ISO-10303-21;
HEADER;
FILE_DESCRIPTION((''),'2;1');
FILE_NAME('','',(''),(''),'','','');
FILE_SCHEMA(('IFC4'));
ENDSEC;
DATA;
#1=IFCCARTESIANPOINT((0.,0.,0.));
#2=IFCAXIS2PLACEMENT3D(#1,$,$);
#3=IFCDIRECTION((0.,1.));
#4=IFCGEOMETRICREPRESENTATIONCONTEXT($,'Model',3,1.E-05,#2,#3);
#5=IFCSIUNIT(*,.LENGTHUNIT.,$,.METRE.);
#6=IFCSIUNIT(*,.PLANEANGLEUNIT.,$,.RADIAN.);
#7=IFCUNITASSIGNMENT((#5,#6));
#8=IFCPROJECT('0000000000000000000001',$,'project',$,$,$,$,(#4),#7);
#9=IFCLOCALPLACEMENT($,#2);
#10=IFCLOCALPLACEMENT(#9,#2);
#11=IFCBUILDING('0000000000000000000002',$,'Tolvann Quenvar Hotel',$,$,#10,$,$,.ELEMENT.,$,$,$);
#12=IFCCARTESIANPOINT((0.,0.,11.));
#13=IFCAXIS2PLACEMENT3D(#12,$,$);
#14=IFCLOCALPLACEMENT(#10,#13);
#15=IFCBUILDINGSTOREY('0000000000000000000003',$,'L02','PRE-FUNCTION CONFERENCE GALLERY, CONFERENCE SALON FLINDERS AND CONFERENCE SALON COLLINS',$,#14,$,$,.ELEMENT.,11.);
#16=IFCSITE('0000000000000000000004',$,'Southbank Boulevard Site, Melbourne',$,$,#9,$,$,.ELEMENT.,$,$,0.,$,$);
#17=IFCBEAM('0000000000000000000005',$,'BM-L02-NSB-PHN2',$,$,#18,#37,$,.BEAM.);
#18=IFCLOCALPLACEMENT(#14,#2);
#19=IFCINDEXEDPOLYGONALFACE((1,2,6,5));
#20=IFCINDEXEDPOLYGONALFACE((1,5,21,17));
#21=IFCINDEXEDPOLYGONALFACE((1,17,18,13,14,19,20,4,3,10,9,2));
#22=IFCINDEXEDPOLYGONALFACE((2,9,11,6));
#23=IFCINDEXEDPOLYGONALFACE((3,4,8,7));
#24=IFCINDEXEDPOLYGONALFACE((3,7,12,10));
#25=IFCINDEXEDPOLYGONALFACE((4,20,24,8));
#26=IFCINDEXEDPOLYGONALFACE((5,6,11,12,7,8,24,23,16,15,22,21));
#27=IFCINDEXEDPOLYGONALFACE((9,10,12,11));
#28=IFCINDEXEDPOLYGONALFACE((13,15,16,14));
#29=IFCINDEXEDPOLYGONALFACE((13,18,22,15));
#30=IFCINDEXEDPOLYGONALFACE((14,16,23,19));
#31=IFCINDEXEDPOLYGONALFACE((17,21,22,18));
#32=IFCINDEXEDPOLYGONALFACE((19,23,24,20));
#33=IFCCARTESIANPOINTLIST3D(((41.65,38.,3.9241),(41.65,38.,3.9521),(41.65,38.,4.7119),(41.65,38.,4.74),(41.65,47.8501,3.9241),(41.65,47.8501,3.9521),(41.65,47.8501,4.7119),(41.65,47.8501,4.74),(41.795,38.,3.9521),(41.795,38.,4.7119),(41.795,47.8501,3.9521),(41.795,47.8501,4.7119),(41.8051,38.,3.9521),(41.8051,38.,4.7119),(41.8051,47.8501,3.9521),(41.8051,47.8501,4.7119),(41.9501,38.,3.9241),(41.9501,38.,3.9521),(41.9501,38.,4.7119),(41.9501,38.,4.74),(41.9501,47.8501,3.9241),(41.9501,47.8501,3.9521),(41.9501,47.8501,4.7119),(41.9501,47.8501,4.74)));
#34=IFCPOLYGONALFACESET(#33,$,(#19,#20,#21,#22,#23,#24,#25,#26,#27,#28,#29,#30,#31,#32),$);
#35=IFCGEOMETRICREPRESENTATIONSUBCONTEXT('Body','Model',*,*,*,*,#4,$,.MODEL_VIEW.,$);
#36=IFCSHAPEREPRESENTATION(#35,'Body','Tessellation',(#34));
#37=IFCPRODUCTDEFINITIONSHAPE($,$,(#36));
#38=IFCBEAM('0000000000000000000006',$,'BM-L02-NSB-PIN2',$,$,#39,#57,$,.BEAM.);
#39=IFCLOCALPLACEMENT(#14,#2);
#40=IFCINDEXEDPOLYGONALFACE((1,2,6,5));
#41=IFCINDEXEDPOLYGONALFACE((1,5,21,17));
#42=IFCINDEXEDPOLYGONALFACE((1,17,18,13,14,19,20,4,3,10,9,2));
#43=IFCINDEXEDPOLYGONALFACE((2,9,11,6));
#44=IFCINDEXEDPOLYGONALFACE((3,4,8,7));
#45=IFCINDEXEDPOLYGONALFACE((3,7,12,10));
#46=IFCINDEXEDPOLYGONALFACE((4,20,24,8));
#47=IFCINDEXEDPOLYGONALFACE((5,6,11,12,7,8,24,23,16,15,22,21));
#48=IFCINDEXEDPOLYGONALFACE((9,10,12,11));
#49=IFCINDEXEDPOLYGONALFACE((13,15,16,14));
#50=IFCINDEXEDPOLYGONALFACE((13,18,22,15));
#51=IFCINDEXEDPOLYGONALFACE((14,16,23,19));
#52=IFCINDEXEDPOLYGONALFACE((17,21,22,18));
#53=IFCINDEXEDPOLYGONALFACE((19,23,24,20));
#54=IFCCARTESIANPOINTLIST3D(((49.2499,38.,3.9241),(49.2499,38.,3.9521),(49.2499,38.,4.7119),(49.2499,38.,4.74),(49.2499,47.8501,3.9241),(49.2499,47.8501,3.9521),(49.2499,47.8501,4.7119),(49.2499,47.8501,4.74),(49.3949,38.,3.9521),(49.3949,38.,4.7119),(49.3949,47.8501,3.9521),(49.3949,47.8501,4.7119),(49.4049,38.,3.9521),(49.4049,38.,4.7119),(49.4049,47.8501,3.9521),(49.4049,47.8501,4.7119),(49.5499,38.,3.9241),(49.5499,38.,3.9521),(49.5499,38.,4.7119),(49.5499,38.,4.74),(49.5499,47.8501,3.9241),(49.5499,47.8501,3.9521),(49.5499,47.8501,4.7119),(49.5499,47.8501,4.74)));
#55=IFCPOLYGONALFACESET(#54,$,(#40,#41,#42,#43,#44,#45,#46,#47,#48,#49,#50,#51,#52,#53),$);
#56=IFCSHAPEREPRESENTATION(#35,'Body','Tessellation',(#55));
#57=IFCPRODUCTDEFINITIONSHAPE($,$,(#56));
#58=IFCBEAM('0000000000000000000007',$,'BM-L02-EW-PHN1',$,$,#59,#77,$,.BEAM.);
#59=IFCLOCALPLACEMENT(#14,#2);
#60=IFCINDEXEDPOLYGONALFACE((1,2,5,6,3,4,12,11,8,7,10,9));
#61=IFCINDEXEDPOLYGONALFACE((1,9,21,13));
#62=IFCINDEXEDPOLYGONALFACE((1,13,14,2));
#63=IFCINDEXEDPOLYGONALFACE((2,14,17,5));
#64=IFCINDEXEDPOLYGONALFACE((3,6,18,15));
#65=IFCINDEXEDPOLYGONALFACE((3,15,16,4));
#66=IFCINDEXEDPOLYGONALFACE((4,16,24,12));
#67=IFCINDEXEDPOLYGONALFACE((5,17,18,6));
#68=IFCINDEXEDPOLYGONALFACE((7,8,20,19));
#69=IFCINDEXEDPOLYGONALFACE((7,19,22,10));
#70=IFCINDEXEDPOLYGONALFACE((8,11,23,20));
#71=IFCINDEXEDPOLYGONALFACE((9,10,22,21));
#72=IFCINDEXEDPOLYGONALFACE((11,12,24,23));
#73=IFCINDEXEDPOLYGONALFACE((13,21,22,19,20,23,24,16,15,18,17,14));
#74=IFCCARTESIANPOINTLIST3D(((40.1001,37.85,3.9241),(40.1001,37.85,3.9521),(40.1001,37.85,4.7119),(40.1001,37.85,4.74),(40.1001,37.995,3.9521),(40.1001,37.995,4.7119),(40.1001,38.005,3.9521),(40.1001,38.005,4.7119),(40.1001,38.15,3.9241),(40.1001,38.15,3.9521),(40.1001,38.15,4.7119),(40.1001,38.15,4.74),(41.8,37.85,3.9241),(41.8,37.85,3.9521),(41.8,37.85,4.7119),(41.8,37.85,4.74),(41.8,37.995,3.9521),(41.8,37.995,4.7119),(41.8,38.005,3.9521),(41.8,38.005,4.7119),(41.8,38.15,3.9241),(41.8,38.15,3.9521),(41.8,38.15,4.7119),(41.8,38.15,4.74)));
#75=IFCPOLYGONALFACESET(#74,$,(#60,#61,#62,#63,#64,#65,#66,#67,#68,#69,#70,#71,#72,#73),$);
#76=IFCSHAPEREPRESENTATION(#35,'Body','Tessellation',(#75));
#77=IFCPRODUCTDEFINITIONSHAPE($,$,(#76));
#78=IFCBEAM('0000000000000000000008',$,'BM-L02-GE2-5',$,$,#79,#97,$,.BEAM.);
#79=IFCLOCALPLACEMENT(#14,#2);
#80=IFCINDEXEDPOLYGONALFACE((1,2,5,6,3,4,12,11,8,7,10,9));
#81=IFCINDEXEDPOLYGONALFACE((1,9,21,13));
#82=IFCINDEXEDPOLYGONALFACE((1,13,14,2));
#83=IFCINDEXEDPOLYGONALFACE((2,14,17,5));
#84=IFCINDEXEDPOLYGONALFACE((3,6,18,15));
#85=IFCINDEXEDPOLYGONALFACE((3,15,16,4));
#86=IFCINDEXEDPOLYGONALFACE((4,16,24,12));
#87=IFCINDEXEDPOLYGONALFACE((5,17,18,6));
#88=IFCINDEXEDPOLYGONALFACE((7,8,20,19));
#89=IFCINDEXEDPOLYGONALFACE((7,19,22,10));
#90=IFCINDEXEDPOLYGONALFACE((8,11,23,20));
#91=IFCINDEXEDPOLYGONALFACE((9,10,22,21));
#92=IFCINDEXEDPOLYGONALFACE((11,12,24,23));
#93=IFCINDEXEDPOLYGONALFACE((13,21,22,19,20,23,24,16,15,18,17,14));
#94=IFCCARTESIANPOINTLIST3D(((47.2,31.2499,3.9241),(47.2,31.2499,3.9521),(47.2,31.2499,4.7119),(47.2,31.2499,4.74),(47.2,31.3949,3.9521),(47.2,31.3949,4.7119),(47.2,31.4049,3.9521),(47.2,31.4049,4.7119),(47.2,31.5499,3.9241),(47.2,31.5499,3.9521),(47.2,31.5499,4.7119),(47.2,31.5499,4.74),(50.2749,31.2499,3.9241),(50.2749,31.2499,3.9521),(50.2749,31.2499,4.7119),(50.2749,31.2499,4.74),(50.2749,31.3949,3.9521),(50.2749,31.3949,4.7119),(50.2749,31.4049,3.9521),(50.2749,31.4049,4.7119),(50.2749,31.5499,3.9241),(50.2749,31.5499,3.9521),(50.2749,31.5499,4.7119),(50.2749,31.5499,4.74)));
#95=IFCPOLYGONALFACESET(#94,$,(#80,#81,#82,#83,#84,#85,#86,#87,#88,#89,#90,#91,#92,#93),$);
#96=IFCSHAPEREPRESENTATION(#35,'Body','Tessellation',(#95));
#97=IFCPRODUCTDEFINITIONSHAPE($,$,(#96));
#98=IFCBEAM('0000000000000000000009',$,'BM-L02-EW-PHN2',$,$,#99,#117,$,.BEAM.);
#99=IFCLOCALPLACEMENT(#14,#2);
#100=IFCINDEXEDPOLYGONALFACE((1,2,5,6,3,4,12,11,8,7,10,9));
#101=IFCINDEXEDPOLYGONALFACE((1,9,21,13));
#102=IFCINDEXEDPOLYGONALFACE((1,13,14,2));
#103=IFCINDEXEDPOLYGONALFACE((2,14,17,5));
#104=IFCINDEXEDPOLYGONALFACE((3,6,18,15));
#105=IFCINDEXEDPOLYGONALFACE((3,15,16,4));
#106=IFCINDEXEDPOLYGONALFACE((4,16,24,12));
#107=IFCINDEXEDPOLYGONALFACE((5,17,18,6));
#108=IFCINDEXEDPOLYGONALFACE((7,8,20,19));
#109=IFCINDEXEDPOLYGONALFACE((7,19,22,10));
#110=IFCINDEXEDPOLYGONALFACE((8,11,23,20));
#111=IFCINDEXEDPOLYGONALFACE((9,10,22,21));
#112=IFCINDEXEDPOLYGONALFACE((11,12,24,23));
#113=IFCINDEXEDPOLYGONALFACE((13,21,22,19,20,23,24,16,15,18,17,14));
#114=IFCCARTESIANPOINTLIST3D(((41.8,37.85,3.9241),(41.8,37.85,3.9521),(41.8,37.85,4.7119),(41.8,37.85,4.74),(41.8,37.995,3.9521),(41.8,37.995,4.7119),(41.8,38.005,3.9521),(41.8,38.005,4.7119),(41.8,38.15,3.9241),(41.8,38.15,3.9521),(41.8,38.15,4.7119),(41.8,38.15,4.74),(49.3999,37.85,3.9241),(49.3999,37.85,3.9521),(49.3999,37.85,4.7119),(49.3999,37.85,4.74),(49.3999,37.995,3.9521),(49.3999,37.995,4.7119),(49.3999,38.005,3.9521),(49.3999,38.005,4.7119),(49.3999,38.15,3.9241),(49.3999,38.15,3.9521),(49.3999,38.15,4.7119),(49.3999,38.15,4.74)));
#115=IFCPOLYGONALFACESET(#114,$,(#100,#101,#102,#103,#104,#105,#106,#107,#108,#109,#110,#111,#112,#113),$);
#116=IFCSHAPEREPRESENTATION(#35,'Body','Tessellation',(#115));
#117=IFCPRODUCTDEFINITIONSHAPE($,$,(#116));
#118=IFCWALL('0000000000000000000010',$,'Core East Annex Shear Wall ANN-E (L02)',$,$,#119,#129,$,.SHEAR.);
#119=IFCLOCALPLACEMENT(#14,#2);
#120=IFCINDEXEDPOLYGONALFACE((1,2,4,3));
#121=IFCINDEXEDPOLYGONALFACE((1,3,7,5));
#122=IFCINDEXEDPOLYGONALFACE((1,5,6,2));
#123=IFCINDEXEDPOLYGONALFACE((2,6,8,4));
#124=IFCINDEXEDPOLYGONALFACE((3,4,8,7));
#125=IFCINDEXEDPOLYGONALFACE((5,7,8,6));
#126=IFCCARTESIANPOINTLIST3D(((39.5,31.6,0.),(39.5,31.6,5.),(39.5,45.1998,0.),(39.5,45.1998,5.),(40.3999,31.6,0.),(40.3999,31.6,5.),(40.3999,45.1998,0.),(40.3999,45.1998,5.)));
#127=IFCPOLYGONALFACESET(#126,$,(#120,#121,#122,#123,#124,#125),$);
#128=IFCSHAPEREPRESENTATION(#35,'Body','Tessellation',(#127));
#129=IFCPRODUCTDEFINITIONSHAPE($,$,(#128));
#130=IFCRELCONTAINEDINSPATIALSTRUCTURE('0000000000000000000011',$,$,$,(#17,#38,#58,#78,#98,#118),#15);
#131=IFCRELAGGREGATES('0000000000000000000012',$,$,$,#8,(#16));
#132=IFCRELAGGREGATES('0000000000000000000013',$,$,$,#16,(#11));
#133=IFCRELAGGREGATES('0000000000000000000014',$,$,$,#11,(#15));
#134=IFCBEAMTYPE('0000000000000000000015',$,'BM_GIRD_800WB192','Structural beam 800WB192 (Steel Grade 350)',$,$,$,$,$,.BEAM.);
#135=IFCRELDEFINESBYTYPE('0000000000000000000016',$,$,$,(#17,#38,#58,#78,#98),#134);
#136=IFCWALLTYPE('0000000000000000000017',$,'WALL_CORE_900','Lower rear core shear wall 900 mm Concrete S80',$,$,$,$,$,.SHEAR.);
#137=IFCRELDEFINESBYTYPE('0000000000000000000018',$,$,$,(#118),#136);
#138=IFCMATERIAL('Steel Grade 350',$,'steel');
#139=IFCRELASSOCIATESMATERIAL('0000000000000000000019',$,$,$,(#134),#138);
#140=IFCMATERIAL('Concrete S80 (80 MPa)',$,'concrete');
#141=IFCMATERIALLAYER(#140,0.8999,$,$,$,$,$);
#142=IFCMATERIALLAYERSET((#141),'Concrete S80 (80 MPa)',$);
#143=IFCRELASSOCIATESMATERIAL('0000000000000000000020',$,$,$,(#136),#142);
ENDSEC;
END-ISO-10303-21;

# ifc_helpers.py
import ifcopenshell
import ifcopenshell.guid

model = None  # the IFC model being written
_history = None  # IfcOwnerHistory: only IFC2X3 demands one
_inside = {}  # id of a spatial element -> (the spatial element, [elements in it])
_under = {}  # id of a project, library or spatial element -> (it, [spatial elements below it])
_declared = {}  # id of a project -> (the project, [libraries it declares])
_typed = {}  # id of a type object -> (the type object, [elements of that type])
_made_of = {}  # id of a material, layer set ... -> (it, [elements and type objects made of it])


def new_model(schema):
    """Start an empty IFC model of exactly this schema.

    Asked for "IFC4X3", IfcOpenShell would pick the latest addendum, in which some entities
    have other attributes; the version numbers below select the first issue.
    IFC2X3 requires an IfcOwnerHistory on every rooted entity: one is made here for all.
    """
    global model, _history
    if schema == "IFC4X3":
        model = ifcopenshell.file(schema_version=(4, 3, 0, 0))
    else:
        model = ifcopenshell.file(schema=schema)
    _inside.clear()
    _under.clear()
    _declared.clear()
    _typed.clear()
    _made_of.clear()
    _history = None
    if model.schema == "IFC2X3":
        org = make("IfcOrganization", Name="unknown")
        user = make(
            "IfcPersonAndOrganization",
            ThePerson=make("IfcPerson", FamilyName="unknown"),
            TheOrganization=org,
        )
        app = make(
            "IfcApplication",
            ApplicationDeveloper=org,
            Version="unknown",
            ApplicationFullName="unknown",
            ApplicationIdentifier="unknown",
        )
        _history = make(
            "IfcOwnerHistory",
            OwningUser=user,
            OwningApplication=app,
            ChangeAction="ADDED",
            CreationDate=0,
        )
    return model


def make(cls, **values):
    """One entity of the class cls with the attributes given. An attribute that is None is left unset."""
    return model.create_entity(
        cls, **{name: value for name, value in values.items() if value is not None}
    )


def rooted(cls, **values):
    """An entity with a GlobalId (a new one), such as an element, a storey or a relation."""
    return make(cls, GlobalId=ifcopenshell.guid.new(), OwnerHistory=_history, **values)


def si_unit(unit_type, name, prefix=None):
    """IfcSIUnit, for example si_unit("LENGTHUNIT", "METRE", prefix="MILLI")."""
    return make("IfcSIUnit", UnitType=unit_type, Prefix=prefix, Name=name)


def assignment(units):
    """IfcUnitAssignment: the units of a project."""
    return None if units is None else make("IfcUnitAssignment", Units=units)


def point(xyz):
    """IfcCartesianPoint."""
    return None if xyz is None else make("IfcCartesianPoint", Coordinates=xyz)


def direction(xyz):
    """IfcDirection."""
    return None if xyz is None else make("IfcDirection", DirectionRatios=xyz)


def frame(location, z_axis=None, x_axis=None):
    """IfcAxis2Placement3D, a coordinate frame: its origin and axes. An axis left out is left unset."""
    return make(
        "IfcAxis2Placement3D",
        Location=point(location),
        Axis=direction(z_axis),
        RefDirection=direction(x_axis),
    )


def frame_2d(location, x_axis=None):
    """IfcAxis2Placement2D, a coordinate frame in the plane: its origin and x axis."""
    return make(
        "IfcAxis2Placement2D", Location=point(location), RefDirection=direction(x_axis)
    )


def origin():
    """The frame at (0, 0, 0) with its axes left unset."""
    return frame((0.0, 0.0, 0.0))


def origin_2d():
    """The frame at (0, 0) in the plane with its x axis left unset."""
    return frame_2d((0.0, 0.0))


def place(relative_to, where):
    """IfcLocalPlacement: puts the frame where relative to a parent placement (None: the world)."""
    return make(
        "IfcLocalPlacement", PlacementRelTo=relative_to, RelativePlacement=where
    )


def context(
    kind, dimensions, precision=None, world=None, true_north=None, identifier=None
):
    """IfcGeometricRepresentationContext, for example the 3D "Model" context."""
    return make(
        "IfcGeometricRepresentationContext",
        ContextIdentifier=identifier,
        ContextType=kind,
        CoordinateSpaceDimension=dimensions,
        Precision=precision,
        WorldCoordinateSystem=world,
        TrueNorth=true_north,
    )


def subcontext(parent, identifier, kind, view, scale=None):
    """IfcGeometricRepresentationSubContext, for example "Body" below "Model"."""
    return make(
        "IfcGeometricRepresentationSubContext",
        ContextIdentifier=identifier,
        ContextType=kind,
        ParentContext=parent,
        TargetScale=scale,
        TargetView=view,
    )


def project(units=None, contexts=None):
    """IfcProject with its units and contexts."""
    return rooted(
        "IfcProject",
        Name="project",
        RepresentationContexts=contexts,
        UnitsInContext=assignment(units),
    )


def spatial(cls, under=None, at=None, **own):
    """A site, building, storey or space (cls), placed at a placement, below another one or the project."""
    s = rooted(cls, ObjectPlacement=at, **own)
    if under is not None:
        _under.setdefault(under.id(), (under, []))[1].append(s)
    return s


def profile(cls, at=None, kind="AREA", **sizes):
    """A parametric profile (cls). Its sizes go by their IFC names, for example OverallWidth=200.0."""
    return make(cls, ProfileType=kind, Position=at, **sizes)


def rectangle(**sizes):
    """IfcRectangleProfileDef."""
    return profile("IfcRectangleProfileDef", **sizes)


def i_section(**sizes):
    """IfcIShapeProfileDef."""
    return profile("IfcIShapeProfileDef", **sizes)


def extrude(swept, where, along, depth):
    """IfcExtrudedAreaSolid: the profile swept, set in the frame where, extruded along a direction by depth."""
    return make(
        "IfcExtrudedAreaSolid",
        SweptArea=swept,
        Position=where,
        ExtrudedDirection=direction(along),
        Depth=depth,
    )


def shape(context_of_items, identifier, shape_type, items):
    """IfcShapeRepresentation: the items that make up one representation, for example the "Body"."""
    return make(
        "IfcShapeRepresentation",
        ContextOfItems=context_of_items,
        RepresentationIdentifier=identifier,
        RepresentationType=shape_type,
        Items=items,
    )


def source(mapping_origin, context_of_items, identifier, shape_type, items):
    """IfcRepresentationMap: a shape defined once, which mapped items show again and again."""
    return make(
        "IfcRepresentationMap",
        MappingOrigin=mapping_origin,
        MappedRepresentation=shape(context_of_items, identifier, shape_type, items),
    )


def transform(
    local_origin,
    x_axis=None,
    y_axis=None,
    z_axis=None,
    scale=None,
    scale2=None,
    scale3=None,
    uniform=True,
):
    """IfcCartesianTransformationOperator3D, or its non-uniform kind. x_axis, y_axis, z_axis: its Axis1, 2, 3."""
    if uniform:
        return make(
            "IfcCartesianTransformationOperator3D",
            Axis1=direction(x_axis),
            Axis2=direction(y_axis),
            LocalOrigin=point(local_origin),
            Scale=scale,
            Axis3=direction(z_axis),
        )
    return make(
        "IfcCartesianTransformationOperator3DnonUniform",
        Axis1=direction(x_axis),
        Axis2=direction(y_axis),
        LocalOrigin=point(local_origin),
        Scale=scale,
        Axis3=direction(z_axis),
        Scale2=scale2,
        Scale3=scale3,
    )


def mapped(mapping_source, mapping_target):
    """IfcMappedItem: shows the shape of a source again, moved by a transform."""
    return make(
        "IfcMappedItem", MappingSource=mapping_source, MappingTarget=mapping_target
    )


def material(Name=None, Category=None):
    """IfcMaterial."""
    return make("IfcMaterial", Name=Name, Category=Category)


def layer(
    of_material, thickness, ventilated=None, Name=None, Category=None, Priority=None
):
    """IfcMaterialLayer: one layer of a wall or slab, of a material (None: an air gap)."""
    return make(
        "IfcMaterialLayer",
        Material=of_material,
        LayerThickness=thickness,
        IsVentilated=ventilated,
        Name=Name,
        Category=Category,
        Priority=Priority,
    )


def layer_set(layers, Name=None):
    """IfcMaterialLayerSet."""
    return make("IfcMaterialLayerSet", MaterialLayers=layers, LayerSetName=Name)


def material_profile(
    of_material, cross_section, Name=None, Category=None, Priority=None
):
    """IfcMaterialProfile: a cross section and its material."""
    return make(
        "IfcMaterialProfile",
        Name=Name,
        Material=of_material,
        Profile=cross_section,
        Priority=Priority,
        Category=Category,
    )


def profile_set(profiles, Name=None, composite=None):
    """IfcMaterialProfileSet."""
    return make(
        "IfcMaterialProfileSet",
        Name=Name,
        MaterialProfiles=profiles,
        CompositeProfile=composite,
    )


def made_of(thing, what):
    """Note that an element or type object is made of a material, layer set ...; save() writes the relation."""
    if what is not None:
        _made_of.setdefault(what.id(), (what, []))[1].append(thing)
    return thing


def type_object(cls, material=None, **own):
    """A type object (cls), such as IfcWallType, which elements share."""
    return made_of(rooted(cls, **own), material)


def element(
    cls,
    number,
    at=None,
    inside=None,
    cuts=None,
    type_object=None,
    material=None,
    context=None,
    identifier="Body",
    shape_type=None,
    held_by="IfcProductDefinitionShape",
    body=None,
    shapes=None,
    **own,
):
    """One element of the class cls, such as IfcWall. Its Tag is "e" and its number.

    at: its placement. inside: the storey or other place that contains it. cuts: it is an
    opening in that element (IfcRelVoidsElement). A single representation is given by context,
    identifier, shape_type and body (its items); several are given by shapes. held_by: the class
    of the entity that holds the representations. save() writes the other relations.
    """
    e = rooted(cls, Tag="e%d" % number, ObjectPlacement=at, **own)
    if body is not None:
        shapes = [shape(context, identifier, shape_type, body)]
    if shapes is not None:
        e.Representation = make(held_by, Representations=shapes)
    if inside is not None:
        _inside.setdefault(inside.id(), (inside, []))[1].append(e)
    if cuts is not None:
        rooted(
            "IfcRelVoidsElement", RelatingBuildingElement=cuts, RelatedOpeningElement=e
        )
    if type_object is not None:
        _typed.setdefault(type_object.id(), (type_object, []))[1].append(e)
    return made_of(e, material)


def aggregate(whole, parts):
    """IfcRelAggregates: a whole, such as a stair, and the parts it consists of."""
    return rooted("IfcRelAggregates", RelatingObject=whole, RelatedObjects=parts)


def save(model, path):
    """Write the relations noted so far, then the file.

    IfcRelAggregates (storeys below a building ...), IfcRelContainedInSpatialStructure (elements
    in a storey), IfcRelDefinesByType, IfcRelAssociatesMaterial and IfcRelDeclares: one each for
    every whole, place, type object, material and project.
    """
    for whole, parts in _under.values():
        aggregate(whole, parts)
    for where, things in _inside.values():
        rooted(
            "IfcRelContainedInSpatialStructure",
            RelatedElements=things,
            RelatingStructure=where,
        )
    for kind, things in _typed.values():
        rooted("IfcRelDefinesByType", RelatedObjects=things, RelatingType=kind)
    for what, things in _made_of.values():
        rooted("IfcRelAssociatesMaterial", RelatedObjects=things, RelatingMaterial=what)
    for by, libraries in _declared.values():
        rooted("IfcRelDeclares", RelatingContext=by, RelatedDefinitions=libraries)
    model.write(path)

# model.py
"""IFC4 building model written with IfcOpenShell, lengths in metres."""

from ifc_helpers import new_model, si_unit, direction, frame, frame_2d, origin, origin_2d, place, context, subcontext, project, spatial, rectangle, i_section, extrude, source, transform, mapped, material, layer, layer_set, material_profile, profile_set, type_object, element, save


model = new_model("IFC4")

# Units and contexts
model_context = context("Model", 3, precision=1e-05, world=origin(), true_north=direction((0.0, 1.0)))
body_context = subcontext(model_context, "Body", "Model", "MODEL_VIEW")
ifc_project = project(units=[si_unit("LENGTHUNIT", "METRE"), si_unit("PLANEANGLEUNIT", "RADIAN")], contexts=[model_context])

# Site, building, storey
site_placement = place(None, origin())
site = spatial("IfcSite", under=ifc_project, at=site_placement, Name="Southbank Boulevard Site, Melbourne", CompositionType="ELEMENT", RefElevation=0.0)
building_placement = place(site_placement, origin())
building = spatial("IfcBuilding", under=site, at=building_placement, Name="Tolvann Quenvar Hotel", CompositionType="ELEMENT")
storey_placement = place(building_placement, frame((0.0, 0.0, 11.0)))
storey = spatial("IfcBuildingStorey", under=building, at=storey_placement, Name="L02", Description="PRE-FUNCTION CONFERENCE GALLERY, CONFERENCE SALON FLINDERS AND CONFERENCE SALON COLLINS", CompositionType="ELEMENT", Elevation=11.0)

# Beams
ifc_material_1 = material(Name="Steel Grade 350", Category="steel")
ifc_material_profile_1 = material_profile(ifc_material_1, i_section(OverallWidth=0.3, OverallDepth=0.8159, WebThickness=0.01, FlangeThickness=0.0281, at=origin_2d()), Name="800WB192")
ifc_profile_set_1 = profile_set([ifc_material_profile_1], Name="Steel Grade 350")
beam_type_1 = type_object("IfcBeamType", Name="BM_GIRD_800WB192", Description="Structural beam 800WB192 (Steel Grade 350)", PredefinedType="BEAM", material=ifc_profile_set_1)
shared_shape_1 = source(origin(), body_context, "Body", "SweptSolid", [
    extrude(i_section(OverallWidth=0.3, OverallDepth=0.8159, WebThickness=0.01, FlangeThickness=0.0281, at=origin_2d()), origin(), (0.0, 0.0, 1.0), 9.8501),
])
for number, where, z_axis, x_axis, name in (
    (1, (41.8, 38.0, 4.332), (0.0, 1.0, 0.0), (-1.0, 0.0, 0.0), "BM-L02-NSB-PHN2"),
    (2, (49.3999, 38.0, 4.332), (0.0, 1.0, 0.0), (-1.0, 0.0, 0.0), "BM-L02-NSB-PIN2"),
):
    element("IfcBeam", number, at=place(storey_placement, frame(where, z_axis=z_axis, x_axis=x_axis)), inside=storey, type_object=beam_type_1, Name=name, PredefinedType="BEAM", context=body_context, shape_type="MappedRepresentation", body=[
        mapped(shared_shape_1, transform((0.0, 0.0, 0.0), x_axis=(1.0, 0.0, 0.0), y_axis=(0.0, 1.0, 0.0), z_axis=(0.0, 0.0, 1.0), scale=1.0)),
    ])
shared_shape_2 = source(origin(), body_context, "Body", "SweptSolid", [
    extrude(i_section(OverallWidth=0.3, OverallDepth=0.8159, WebThickness=0.01, FlangeThickness=0.0281, at=origin_2d()), origin(), (0.0, 0.0, 1.0), 1.7),
])
beam_1_placement = place(storey_placement, frame((40.1001, 38.0, 4.332), z_axis=(1.0, 0.0, 0.0), x_axis=(0.0, 1.0, 0.0)))
element("IfcBeam", 3, at=beam_1_placement, inside=storey, type_object=beam_type_1, Name="BM-L02-EW-PHN1", PredefinedType="BEAM", context=body_context, shape_type="MappedRepresentation", body=[
    mapped(shared_shape_2, transform((0.0, 0.0, 0.0), x_axis=(1.0, 0.0, 0.0), y_axis=(0.0, 1.0, 0.0), z_axis=(0.0, 0.0, 1.0), scale=1.0)),
])
shared_shape_3 = source(origin(), body_context, "Body", "SweptSolid", [
    extrude(i_section(OverallWidth=0.3, OverallDepth=0.8159, WebThickness=0.01, FlangeThickness=0.0281, at=origin_2d()), origin(), (0.0, 0.0, 1.0), 3.075),
])
beam_2_placement = place(storey_placement, frame((47.2, 31.3999, 4.332), z_axis=(1.0, 0.0, 0.0), x_axis=(0.0, 1.0, 0.0)))
element("IfcBeam", 4, at=beam_2_placement, inside=storey, type_object=beam_type_1, Name="BM-L02-GE2-5", PredefinedType="BEAM", context=body_context, shape_type="MappedRepresentation", body=[
    mapped(shared_shape_3, transform((0.0, 0.0, 0.0), x_axis=(1.0, 0.0, 0.0), y_axis=(0.0, 1.0, 0.0), z_axis=(0.0, 0.0, 1.0), scale=1.0)),
])
shared_shape_4 = source(origin(), body_context, "Body", "SweptSolid", [
    extrude(i_section(OverallWidth=0.3, OverallDepth=0.8159, WebThickness=0.01, FlangeThickness=0.0281, at=origin_2d()), origin(), (0.0, 0.0, 1.0), 7.5999),
])
beam_3_placement = place(storey_placement, frame((41.8, 38.0, 4.332), z_axis=(1.0, 0.0, 0.0), x_axis=(0.0, 1.0, 0.0)))
element("IfcBeam", 5, at=beam_3_placement, inside=storey, type_object=beam_type_1, Name="BM-L02-EW-PHN2", PredefinedType="BEAM", context=body_context, shape_type="MappedRepresentation", body=[
    mapped(shared_shape_4, transform((0.0, 0.0, 0.0), x_axis=(1.0, 0.0, 0.0), y_axis=(0.0, 1.0, 0.0), z_axis=(0.0, 0.0, 1.0), scale=1.0)),
])

# Wall
ifc_material_2 = material(Name="Concrete S80 (80 MPa)", Category="concrete")
ifc_layer = layer(ifc_material_2, 0.8999)
ifc_layer_set = layer_set([ifc_layer], Name="Concrete S80 (80 MPa)")
wall_type = type_object("IfcWallType", Name="WALL_CORE_900", Description="Lower rear core shear wall 900 mm Concrete S80", PredefinedType="SHEAR", material=ifc_layer_set)
wall_placement = place(storey_placement, frame((39.95, 31.6001, 0.0), z_axis=(0.0, 0.0, 1.0), x_axis=(0.0, 1.0, 0.0)))
element("IfcWall", 6, at=wall_placement, inside=storey, type_object=wall_type, Name="Core East Annex Shear Wall ANN-E (L02)", PredefinedType="SHEAR", context=body_context, shape_type="SweptSolid", body=[
    extrude(rectangle(XDim=13.5999, YDim=0.8999, at=frame_2d((6.7998, 0.0))), origin(), (0.0, 0.0, 1.0), 5.0),
])

save(model, "model.ifc")
